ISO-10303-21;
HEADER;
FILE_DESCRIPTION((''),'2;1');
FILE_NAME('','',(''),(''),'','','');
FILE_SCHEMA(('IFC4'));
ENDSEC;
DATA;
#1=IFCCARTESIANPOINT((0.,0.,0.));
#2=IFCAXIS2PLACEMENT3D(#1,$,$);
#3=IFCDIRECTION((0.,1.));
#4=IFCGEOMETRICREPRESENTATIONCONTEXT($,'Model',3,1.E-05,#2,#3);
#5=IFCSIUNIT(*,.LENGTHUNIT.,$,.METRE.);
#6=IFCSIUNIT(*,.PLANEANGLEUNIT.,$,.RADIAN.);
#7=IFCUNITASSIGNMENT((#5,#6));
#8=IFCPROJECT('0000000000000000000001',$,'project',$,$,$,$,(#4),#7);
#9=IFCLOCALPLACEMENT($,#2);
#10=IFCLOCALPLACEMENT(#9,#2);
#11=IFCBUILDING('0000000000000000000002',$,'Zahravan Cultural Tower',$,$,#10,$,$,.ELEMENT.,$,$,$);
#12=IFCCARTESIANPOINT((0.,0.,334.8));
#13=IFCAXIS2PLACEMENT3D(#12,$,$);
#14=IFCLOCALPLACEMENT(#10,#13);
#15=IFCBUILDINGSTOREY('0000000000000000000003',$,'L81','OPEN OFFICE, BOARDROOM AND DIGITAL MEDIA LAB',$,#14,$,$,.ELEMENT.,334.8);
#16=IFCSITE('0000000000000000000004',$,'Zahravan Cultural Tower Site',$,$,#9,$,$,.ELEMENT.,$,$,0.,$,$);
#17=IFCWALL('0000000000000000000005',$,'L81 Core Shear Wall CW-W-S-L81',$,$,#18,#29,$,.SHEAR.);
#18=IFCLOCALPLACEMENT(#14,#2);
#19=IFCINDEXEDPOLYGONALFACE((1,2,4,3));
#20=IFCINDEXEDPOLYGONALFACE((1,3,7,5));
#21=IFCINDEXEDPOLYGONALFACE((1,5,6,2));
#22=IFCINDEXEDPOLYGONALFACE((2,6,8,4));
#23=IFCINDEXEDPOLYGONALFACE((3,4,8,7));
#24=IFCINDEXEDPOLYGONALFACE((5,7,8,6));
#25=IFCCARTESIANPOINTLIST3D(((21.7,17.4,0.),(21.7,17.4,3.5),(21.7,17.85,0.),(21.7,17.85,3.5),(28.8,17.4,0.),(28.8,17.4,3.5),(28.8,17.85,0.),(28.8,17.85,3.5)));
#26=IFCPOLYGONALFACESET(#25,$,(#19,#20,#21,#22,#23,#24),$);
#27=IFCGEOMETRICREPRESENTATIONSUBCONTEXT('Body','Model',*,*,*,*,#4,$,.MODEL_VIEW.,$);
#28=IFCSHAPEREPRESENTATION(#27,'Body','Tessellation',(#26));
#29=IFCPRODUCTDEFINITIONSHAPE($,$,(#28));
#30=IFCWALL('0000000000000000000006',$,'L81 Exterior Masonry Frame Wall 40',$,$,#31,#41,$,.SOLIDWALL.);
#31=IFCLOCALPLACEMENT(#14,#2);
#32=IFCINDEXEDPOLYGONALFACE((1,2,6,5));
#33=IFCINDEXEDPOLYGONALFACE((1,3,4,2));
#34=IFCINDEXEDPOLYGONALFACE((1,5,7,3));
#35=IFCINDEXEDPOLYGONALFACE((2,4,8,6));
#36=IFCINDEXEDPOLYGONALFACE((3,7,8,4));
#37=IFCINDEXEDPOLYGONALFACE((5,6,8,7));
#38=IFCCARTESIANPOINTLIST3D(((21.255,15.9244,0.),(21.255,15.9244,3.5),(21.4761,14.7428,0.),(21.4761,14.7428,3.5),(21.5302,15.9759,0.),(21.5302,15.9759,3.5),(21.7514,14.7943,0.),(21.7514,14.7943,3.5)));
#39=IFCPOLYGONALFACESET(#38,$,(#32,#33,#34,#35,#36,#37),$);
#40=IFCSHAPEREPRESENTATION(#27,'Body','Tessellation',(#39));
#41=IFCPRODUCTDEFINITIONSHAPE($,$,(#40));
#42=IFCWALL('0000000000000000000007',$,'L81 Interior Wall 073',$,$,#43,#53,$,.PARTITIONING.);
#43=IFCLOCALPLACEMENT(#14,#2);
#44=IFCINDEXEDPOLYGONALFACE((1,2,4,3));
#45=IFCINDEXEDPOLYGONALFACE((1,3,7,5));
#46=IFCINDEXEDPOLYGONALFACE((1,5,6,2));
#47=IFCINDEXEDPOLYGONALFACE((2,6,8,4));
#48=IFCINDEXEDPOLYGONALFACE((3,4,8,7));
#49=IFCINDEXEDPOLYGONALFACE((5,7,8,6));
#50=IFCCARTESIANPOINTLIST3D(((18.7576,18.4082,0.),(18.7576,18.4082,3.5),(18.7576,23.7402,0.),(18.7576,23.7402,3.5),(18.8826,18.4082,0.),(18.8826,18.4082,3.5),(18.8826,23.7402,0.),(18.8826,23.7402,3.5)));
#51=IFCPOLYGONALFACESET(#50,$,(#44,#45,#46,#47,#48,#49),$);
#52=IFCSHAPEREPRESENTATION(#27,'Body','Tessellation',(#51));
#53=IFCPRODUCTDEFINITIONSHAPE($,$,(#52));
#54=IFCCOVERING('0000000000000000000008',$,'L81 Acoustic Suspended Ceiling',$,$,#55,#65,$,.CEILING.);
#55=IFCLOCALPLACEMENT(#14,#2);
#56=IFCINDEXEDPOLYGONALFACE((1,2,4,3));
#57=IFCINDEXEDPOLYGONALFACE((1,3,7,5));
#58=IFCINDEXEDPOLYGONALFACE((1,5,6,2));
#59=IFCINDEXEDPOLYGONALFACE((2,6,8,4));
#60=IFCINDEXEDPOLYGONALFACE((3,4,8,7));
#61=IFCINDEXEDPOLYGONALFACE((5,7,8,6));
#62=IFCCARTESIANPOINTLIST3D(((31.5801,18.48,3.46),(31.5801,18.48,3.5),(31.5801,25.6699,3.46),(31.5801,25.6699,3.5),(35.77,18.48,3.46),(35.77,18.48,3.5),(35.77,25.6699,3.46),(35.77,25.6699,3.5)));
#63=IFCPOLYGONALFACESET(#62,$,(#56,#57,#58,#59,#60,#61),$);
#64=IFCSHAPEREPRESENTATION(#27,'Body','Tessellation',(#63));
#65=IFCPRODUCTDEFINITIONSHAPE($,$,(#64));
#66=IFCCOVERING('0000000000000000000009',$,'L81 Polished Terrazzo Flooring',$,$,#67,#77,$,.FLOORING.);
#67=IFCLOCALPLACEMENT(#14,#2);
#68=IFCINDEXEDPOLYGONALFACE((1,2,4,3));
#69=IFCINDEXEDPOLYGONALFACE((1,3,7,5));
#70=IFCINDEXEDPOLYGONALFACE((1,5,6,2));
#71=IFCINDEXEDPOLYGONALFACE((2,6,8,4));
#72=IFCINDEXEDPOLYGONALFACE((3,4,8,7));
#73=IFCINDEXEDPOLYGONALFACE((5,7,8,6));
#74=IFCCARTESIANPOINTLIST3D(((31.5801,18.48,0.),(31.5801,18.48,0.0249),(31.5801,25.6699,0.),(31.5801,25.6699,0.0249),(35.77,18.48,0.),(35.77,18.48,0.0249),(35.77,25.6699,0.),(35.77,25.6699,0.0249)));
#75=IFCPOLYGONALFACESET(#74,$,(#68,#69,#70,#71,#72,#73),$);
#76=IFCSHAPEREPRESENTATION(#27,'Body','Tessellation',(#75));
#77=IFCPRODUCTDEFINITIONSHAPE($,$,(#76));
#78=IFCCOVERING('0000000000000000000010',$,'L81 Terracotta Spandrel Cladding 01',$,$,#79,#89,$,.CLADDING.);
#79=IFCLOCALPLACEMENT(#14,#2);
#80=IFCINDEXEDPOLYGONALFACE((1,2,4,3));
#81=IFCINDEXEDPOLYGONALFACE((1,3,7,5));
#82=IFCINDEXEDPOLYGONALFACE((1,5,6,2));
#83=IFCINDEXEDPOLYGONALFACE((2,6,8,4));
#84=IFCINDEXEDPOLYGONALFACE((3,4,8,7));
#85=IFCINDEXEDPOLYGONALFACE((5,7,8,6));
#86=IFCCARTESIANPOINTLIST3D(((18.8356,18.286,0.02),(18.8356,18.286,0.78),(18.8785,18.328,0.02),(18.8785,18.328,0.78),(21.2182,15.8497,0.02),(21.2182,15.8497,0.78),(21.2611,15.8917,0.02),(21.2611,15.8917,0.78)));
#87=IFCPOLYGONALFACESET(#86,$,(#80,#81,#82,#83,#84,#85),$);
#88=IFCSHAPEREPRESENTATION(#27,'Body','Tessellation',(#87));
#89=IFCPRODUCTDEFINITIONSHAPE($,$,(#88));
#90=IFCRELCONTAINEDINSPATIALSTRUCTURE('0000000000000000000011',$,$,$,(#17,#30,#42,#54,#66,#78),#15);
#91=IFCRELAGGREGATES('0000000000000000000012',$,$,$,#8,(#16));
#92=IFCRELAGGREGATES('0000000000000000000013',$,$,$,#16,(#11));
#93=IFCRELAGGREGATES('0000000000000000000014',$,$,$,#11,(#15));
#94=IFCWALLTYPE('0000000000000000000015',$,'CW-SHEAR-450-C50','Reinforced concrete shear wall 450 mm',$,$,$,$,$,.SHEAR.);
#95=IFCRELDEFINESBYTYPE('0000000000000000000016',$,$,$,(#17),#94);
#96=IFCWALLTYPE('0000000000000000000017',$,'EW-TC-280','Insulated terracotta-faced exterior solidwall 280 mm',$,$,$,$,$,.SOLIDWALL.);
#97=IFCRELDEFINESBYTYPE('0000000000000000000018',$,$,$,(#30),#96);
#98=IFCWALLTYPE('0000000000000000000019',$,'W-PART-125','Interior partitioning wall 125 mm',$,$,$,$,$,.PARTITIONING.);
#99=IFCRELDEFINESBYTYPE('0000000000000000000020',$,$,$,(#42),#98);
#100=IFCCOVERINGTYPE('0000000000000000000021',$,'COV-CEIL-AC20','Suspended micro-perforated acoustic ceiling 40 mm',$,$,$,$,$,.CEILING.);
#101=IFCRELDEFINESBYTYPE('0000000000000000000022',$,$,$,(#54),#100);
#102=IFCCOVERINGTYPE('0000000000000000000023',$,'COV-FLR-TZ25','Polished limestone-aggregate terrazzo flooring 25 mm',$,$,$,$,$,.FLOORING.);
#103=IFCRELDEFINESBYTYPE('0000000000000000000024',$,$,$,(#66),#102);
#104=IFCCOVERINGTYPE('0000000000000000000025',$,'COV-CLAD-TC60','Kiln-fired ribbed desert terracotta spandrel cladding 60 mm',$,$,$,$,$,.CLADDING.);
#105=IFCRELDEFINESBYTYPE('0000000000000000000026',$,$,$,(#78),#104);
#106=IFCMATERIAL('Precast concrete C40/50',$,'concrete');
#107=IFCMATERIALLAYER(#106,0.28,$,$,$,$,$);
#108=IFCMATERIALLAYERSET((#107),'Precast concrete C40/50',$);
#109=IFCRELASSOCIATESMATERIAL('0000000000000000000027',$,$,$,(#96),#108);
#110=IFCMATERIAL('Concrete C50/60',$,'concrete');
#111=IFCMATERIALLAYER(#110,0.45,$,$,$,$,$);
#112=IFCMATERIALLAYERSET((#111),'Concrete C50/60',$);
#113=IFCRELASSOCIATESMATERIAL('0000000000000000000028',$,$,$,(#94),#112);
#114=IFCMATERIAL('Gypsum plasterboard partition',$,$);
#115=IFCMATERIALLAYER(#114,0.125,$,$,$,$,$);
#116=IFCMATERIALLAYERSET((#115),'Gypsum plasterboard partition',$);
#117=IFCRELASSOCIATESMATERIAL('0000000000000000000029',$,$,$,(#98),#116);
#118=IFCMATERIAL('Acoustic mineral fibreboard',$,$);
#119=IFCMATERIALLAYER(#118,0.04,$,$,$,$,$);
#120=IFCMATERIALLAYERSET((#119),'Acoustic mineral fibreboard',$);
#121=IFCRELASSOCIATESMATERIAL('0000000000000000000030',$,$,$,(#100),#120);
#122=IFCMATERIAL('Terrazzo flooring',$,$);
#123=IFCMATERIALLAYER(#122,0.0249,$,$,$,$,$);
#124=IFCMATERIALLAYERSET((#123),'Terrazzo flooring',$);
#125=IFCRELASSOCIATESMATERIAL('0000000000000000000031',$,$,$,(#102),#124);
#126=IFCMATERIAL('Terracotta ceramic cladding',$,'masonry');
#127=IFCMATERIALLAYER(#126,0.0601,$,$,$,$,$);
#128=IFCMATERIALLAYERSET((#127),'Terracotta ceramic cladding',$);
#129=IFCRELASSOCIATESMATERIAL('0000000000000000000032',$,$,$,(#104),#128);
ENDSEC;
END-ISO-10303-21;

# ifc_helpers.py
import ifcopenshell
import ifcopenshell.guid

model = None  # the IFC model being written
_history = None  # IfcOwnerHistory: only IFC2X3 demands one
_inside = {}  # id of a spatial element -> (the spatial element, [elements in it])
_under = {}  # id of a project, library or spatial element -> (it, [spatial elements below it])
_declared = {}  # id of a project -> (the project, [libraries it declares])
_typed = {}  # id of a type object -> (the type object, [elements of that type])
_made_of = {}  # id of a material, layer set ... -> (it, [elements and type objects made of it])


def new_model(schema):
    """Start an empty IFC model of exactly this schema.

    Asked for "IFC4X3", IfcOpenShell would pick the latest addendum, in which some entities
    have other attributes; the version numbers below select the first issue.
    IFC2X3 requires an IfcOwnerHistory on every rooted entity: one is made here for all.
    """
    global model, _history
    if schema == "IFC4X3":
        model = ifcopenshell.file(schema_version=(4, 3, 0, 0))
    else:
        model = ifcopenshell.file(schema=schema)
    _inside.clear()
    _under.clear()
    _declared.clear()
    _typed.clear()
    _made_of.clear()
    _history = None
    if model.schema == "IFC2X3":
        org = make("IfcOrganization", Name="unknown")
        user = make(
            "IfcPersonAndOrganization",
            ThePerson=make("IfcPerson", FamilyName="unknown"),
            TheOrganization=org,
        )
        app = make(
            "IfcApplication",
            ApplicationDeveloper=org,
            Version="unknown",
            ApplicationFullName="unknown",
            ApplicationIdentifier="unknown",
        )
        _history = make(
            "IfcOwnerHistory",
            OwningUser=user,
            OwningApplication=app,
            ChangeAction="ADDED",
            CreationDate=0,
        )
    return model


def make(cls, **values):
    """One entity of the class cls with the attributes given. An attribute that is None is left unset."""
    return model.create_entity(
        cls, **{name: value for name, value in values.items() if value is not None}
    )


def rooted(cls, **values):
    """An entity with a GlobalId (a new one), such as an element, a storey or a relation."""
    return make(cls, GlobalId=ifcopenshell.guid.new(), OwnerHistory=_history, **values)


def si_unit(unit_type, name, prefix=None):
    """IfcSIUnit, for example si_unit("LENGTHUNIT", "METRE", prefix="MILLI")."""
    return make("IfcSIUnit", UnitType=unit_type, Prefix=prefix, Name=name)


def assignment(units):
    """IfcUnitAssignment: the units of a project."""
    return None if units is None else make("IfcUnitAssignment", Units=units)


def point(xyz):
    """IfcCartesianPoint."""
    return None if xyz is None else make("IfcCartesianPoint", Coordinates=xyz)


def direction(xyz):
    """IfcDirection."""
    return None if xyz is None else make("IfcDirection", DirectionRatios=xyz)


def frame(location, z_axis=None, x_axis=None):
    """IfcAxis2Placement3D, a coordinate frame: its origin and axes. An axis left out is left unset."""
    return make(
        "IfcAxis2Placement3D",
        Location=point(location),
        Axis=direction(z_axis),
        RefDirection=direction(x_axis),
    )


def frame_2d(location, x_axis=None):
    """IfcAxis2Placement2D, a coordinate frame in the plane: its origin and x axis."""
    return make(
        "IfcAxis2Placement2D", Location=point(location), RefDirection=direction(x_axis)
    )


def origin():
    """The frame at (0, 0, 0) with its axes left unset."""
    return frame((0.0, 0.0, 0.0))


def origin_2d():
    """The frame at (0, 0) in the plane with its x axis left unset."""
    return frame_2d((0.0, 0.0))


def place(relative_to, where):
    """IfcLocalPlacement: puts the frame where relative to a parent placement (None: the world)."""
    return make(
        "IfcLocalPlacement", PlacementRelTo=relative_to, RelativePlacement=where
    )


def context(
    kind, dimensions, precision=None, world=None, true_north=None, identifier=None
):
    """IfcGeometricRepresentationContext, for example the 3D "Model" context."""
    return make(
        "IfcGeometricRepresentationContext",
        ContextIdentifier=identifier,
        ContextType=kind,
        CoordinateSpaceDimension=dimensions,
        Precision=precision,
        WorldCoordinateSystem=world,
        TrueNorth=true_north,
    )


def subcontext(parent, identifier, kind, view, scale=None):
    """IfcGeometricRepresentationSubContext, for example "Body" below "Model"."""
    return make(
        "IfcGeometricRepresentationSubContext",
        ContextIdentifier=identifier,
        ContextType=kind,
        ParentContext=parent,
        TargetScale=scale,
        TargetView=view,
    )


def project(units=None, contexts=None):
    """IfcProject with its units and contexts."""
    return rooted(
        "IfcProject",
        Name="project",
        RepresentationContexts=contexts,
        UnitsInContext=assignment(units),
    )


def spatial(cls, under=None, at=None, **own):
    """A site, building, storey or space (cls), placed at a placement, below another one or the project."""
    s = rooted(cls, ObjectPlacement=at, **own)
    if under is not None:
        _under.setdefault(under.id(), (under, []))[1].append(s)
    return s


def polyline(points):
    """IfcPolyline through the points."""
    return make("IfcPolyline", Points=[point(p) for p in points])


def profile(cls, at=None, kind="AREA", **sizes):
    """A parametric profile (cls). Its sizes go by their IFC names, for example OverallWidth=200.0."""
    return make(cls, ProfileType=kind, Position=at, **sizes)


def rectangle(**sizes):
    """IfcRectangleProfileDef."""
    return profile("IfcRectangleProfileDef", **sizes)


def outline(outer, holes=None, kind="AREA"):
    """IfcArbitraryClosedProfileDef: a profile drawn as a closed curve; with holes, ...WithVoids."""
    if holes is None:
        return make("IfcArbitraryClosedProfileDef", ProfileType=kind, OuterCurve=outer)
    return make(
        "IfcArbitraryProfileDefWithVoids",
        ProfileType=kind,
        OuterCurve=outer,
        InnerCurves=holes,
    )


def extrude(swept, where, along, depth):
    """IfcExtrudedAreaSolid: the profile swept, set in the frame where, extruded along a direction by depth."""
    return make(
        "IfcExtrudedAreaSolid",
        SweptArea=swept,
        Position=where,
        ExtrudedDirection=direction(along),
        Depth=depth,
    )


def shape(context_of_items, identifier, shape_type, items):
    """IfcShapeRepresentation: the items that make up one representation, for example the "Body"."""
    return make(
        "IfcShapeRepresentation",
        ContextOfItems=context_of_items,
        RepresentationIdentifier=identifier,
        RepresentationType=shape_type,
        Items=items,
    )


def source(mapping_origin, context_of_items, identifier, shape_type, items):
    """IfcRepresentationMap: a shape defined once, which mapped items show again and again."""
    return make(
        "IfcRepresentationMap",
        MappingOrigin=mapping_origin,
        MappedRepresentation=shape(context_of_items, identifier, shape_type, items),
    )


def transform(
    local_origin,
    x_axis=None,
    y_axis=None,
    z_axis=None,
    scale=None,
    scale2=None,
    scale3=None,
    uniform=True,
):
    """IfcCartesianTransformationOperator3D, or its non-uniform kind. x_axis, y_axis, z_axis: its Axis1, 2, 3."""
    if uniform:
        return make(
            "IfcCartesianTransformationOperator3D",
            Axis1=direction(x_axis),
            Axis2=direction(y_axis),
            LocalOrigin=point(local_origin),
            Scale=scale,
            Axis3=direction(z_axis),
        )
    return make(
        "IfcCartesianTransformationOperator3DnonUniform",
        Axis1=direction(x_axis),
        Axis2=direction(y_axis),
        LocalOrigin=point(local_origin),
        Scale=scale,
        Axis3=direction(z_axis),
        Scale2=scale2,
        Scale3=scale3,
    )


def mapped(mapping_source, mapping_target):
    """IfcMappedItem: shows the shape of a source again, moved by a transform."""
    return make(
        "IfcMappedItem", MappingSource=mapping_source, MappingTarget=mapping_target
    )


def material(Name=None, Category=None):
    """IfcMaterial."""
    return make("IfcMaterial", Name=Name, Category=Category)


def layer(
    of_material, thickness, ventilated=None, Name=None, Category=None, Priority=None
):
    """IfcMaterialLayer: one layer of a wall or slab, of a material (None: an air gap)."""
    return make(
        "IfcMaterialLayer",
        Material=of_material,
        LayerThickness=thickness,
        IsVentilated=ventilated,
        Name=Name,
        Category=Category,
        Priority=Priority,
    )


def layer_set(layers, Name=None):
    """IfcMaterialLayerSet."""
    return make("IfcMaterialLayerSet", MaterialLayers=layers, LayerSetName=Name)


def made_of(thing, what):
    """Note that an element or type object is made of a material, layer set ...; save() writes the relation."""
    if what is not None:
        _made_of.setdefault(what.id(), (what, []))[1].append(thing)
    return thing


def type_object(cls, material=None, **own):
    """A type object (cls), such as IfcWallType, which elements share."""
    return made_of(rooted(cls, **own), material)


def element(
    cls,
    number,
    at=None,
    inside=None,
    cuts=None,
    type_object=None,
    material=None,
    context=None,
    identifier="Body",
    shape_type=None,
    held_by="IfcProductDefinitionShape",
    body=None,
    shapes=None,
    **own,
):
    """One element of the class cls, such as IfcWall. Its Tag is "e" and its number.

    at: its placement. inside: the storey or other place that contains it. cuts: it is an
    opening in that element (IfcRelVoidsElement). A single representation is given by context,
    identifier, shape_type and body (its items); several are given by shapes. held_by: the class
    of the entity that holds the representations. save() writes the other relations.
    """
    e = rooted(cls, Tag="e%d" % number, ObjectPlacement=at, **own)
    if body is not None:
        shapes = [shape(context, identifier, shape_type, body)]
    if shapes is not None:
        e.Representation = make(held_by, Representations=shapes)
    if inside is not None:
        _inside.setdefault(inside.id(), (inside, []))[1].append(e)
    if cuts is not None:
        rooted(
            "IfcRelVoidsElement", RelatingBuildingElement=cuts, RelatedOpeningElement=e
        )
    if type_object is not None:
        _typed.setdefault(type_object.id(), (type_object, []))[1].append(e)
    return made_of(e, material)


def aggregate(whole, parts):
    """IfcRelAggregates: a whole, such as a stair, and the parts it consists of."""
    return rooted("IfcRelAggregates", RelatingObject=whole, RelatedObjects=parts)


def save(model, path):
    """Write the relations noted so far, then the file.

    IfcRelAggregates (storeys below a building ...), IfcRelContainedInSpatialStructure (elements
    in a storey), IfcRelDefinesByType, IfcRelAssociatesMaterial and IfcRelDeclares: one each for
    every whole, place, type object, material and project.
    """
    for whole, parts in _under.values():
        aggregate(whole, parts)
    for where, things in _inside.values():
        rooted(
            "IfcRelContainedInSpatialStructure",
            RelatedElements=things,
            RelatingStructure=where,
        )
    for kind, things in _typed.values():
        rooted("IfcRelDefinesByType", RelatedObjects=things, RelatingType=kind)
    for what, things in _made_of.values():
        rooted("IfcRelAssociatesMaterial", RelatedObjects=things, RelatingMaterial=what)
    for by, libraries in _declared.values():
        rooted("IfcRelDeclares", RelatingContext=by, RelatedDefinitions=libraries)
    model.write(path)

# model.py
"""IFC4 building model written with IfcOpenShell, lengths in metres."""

from ifc_helpers import new_model, si_unit, direction, frame, frame_2d, origin, origin_2d, place, context, subcontext, project, spatial, polyline, rectangle, outline, extrude, source, transform, mapped, material, layer, layer_set, type_object, element, save


model = new_model("IFC4")

# Units and contexts
model_context = context("Model", 3, precision=1e-05, world=origin(), true_north=direction((0.0, 1.0)))
body_context = subcontext(model_context, "Body", "Model", "MODEL_VIEW")
ifc_project = project(units=[si_unit("LENGTHUNIT", "METRE"), si_unit("PLANEANGLEUNIT", "RADIAN")], contexts=[model_context])

# Site, building, storey
site_placement = place(None, origin())
site = spatial("IfcSite", under=ifc_project, at=site_placement, Name="Zahravan Cultural Tower Site", CompositionType="ELEMENT", RefElevation=0.0)
building_placement = place(site_placement, origin())
building = spatial("IfcBuilding", under=site, at=building_placement, Name="Zahravan Cultural Tower", CompositionType="ELEMENT")
storey_placement = place(building_placement, frame((0.0, 0.0, 334.8)))
storey = spatial("IfcBuildingStorey", under=building, at=storey_placement, Name="L81", Description="OPEN OFFICE, BOARDROOM AND DIGITAL MEDIA LAB", CompositionType="ELEMENT", Elevation=334.8)

# Shared definitions
ifc_material_1 = material(Name="Concrete C50/60", Category="concrete")

# Shared definitions
ifc_material_2 = material(Name="Precast concrete C40/50", Category="concrete")
ifc_layer_1 = layer(ifc_material_2, 0.28)
ifc_layer_set_1 = layer_set([ifc_layer_1], Name="Precast concrete C40/50")
wall_type_1 = type_object("IfcWallType", Name="EW-TC-280", Description="Insulated terracotta-faced exterior solidwall 280 mm", PredefinedType="SOLIDWALL", material=ifc_layer_set_1)

# Walls
ifc_layer_2 = layer(ifc_material_1, 0.45)
ifc_layer_set_2 = layer_set([ifc_layer_2], Name="Concrete C50/60")
wall_type_2 = type_object("IfcWallType", Name="CW-SHEAR-450-C50", Description="Reinforced concrete shear wall 450 mm", PredefinedType="SHEAR", material=ifc_layer_set_2)
shared_shape_1 = source(origin(), body_context, "Body", "SweptSolid", [
    extrude(rectangle(XDim=7.1001, YDim=0.45, at=frame_2d((3.55, 0.0))), origin(), (0.0, 0.0, 1.0), 3.5),
])
wall_1_placement = place(storey_placement, frame((21.7, 17.625, 0.0), z_axis=(0.0, 0.0, 1.0), x_axis=(1.0, 0.0, 0.0)))
element("IfcWall", 1, at=wall_1_placement, inside=storey, type_object=wall_type_2, Name="L81 Core Shear Wall CW-W-S-L81", PredefinedType="SHEAR", context=body_context, shape_type="MappedRepresentation", body=[
    mapped(shared_shape_1, transform((0.0, 0.0, 0.0), x_axis=(1.0, 0.0, 0.0), y_axis=(0.0, 1.0, 0.0), z_axis=(0.0, 0.0, 1.0), scale=1.0)),
])
shared_shape_2 = source(origin(), body_context, "Body", "SweptSolid", [
    extrude(rectangle(XDim=1.2021, YDim=0.28, at=frame_2d((0.6011, 0.0))), origin(), (0.0, 0.0, 1.0), 3.5),
])
wall_2_placement = place(storey_placement, frame((21.6138, 14.7686, 0.0), z_axis=(0.0, 0.0, 1.0), x_axis=(-0.183994, 0.982927, 0.0)))
element("IfcWall", 2, at=wall_2_placement, inside=storey, type_object=wall_type_1, Name="L81 Exterior Masonry Frame Wall 40", PredefinedType="SOLIDWALL", context=body_context, shape_type="MappedRepresentation", body=[
    mapped(shared_shape_2, transform((0.0, 0.0, 0.0), x_axis=(1.0, 0.0, 0.0), y_axis=(0.0, 1.0, 0.0), z_axis=(0.0, 0.0, 1.0), scale=1.0)),
])
ifc_material_3 = material(Name="Gypsum plasterboard partition")
ifc_layer_3 = layer(ifc_material_3, 0.125)
ifc_layer_set_3 = layer_set([ifc_layer_3], Name="Gypsum plasterboard partition")
wall_type_3 = type_object("IfcWallType", Name="W-PART-125", Description="Interior partitioning wall 125 mm", PredefinedType="PARTITIONING", material=ifc_layer_set_3)
shared_shape_3 = source(origin(), body_context, "Body", "SweptSolid", [
    extrude(rectangle(XDim=5.332, YDim=0.125, at=frame_2d((2.666, 0.0))), origin(), (0.0, 0.0, 1.0), 3.5),
])
wall_3_placement = place(storey_placement, frame((18.8201, 18.4082, 0.0), z_axis=(0.0, 0.0, 1.0), x_axis=(0.0, 1.0, 0.0)))
element("IfcWall", 3, at=wall_3_placement, inside=storey, type_object=wall_type_3, Name="L81 Interior Wall 073", PredefinedType="PARTITIONING", context=body_context, shape_type="MappedRepresentation", body=[
    mapped(shared_shape_3, transform((0.0, 0.0, 0.0), x_axis=(1.0, 0.0, 0.0), y_axis=(0.0, 1.0, 0.0), z_axis=(0.0, 0.0, 1.0), scale=1.0)),
])

# Coverings
ifc_material_4 = material(Name="Acoustic mineral fibreboard")
ifc_layer_4 = layer(ifc_material_4, 0.04)
ifc_layer_set_4 = layer_set([ifc_layer_4], Name="Acoustic mineral fibreboard")
covering_type_1 = type_object("IfcCoveringType", Name="COV-CEIL-AC20", Description="Suspended micro-perforated acoustic ceiling 40 mm", PredefinedType="CEILING", material=ifc_layer_set_4)
covering_1_placement = place(storey_placement, frame((0.0, 0.0, 3.46)))
element("IfcCovering", 4, at=covering_1_placement, inside=storey, type_object=covering_type_1, Name="L81 Acoustic Suspended Ceiling", PredefinedType="CEILING", context=body_context, shape_type="SweptSolid", body=[
    extrude(outline(polyline([(35.77, 25.6699), (31.5801, 25.6699), (31.5801, 18.48), (35.77, 18.48), (35.77, 25.6699)])), origin(), (0.0, 0.0, 1.0), 0.04),
])
ifc_material_5 = material(Name="Terrazzo flooring")
ifc_layer_5 = layer(ifc_material_5, 0.0249)
ifc_layer_set_5 = layer_set([ifc_layer_5], Name="Terrazzo flooring")
covering_type_2 = type_object("IfcCoveringType", Name="COV-FLR-TZ25", Description="Polished limestone-aggregate terrazzo flooring 25 mm", PredefinedType="FLOORING", material=ifc_layer_set_5)
covering_2_placement = place(storey_placement, origin())
element("IfcCovering", 5, at=covering_2_placement, inside=storey, type_object=covering_type_2, Name="L81 Polished Terrazzo Flooring", PredefinedType="FLOORING", context=body_context, shape_type="SweptSolid", body=[
    extrude(outline(polyline([(35.77, 25.6699), (31.5801, 25.6699), (31.5801, 18.48), (35.77, 18.48), (35.77, 25.6699)])), origin(), (0.0, 0.0, 1.0), 0.0249),
])
ifc_material_6 = material(Name="Terracotta ceramic cladding", Category="masonry")
ifc_layer_6 = layer(ifc_material_6, 0.0601)
ifc_layer_set_6 = layer_set([ifc_layer_6], Name="Terracotta ceramic cladding")
covering_type_3 = type_object("IfcCoveringType", Name="COV-CLAD-TC60", Description="Kiln-fired ribbed desert terracotta spandrel cladding 60 mm", PredefinedType="CLADDING", material=ifc_layer_set_6)
shared_shape_4 = source(origin(), body_context, "Body", "SweptSolid", [
    extrude(rectangle(XDim=3.4077, YDim=0.0601, at=origin_2d()), origin(), (0.0, 0.0, 1.0), 0.76),
])
covering_3_placement = place(storey_placement, frame((20.0483, 17.0889, 0.02), z_axis=(0.0, 0.0, 1.0), x_axis=(-0.699189, 0.714937, 0.0)))
element("IfcCovering", 6, at=covering_3_placement, inside=storey, type_object=covering_type_3, Name="L81 Terracotta Spandrel Cladding 01", PredefinedType="CLADDING", context=body_context, shape_type="MappedRepresentation", body=[
    mapped(shared_shape_4, transform((0.0, 0.0, 0.0), x_axis=(1.0, 0.0, 0.0), y_axis=(0.0, 1.0, 0.0), z_axis=(0.0, 0.0, 1.0), scale=1.0)),
])

save(model, "model.ifc")
